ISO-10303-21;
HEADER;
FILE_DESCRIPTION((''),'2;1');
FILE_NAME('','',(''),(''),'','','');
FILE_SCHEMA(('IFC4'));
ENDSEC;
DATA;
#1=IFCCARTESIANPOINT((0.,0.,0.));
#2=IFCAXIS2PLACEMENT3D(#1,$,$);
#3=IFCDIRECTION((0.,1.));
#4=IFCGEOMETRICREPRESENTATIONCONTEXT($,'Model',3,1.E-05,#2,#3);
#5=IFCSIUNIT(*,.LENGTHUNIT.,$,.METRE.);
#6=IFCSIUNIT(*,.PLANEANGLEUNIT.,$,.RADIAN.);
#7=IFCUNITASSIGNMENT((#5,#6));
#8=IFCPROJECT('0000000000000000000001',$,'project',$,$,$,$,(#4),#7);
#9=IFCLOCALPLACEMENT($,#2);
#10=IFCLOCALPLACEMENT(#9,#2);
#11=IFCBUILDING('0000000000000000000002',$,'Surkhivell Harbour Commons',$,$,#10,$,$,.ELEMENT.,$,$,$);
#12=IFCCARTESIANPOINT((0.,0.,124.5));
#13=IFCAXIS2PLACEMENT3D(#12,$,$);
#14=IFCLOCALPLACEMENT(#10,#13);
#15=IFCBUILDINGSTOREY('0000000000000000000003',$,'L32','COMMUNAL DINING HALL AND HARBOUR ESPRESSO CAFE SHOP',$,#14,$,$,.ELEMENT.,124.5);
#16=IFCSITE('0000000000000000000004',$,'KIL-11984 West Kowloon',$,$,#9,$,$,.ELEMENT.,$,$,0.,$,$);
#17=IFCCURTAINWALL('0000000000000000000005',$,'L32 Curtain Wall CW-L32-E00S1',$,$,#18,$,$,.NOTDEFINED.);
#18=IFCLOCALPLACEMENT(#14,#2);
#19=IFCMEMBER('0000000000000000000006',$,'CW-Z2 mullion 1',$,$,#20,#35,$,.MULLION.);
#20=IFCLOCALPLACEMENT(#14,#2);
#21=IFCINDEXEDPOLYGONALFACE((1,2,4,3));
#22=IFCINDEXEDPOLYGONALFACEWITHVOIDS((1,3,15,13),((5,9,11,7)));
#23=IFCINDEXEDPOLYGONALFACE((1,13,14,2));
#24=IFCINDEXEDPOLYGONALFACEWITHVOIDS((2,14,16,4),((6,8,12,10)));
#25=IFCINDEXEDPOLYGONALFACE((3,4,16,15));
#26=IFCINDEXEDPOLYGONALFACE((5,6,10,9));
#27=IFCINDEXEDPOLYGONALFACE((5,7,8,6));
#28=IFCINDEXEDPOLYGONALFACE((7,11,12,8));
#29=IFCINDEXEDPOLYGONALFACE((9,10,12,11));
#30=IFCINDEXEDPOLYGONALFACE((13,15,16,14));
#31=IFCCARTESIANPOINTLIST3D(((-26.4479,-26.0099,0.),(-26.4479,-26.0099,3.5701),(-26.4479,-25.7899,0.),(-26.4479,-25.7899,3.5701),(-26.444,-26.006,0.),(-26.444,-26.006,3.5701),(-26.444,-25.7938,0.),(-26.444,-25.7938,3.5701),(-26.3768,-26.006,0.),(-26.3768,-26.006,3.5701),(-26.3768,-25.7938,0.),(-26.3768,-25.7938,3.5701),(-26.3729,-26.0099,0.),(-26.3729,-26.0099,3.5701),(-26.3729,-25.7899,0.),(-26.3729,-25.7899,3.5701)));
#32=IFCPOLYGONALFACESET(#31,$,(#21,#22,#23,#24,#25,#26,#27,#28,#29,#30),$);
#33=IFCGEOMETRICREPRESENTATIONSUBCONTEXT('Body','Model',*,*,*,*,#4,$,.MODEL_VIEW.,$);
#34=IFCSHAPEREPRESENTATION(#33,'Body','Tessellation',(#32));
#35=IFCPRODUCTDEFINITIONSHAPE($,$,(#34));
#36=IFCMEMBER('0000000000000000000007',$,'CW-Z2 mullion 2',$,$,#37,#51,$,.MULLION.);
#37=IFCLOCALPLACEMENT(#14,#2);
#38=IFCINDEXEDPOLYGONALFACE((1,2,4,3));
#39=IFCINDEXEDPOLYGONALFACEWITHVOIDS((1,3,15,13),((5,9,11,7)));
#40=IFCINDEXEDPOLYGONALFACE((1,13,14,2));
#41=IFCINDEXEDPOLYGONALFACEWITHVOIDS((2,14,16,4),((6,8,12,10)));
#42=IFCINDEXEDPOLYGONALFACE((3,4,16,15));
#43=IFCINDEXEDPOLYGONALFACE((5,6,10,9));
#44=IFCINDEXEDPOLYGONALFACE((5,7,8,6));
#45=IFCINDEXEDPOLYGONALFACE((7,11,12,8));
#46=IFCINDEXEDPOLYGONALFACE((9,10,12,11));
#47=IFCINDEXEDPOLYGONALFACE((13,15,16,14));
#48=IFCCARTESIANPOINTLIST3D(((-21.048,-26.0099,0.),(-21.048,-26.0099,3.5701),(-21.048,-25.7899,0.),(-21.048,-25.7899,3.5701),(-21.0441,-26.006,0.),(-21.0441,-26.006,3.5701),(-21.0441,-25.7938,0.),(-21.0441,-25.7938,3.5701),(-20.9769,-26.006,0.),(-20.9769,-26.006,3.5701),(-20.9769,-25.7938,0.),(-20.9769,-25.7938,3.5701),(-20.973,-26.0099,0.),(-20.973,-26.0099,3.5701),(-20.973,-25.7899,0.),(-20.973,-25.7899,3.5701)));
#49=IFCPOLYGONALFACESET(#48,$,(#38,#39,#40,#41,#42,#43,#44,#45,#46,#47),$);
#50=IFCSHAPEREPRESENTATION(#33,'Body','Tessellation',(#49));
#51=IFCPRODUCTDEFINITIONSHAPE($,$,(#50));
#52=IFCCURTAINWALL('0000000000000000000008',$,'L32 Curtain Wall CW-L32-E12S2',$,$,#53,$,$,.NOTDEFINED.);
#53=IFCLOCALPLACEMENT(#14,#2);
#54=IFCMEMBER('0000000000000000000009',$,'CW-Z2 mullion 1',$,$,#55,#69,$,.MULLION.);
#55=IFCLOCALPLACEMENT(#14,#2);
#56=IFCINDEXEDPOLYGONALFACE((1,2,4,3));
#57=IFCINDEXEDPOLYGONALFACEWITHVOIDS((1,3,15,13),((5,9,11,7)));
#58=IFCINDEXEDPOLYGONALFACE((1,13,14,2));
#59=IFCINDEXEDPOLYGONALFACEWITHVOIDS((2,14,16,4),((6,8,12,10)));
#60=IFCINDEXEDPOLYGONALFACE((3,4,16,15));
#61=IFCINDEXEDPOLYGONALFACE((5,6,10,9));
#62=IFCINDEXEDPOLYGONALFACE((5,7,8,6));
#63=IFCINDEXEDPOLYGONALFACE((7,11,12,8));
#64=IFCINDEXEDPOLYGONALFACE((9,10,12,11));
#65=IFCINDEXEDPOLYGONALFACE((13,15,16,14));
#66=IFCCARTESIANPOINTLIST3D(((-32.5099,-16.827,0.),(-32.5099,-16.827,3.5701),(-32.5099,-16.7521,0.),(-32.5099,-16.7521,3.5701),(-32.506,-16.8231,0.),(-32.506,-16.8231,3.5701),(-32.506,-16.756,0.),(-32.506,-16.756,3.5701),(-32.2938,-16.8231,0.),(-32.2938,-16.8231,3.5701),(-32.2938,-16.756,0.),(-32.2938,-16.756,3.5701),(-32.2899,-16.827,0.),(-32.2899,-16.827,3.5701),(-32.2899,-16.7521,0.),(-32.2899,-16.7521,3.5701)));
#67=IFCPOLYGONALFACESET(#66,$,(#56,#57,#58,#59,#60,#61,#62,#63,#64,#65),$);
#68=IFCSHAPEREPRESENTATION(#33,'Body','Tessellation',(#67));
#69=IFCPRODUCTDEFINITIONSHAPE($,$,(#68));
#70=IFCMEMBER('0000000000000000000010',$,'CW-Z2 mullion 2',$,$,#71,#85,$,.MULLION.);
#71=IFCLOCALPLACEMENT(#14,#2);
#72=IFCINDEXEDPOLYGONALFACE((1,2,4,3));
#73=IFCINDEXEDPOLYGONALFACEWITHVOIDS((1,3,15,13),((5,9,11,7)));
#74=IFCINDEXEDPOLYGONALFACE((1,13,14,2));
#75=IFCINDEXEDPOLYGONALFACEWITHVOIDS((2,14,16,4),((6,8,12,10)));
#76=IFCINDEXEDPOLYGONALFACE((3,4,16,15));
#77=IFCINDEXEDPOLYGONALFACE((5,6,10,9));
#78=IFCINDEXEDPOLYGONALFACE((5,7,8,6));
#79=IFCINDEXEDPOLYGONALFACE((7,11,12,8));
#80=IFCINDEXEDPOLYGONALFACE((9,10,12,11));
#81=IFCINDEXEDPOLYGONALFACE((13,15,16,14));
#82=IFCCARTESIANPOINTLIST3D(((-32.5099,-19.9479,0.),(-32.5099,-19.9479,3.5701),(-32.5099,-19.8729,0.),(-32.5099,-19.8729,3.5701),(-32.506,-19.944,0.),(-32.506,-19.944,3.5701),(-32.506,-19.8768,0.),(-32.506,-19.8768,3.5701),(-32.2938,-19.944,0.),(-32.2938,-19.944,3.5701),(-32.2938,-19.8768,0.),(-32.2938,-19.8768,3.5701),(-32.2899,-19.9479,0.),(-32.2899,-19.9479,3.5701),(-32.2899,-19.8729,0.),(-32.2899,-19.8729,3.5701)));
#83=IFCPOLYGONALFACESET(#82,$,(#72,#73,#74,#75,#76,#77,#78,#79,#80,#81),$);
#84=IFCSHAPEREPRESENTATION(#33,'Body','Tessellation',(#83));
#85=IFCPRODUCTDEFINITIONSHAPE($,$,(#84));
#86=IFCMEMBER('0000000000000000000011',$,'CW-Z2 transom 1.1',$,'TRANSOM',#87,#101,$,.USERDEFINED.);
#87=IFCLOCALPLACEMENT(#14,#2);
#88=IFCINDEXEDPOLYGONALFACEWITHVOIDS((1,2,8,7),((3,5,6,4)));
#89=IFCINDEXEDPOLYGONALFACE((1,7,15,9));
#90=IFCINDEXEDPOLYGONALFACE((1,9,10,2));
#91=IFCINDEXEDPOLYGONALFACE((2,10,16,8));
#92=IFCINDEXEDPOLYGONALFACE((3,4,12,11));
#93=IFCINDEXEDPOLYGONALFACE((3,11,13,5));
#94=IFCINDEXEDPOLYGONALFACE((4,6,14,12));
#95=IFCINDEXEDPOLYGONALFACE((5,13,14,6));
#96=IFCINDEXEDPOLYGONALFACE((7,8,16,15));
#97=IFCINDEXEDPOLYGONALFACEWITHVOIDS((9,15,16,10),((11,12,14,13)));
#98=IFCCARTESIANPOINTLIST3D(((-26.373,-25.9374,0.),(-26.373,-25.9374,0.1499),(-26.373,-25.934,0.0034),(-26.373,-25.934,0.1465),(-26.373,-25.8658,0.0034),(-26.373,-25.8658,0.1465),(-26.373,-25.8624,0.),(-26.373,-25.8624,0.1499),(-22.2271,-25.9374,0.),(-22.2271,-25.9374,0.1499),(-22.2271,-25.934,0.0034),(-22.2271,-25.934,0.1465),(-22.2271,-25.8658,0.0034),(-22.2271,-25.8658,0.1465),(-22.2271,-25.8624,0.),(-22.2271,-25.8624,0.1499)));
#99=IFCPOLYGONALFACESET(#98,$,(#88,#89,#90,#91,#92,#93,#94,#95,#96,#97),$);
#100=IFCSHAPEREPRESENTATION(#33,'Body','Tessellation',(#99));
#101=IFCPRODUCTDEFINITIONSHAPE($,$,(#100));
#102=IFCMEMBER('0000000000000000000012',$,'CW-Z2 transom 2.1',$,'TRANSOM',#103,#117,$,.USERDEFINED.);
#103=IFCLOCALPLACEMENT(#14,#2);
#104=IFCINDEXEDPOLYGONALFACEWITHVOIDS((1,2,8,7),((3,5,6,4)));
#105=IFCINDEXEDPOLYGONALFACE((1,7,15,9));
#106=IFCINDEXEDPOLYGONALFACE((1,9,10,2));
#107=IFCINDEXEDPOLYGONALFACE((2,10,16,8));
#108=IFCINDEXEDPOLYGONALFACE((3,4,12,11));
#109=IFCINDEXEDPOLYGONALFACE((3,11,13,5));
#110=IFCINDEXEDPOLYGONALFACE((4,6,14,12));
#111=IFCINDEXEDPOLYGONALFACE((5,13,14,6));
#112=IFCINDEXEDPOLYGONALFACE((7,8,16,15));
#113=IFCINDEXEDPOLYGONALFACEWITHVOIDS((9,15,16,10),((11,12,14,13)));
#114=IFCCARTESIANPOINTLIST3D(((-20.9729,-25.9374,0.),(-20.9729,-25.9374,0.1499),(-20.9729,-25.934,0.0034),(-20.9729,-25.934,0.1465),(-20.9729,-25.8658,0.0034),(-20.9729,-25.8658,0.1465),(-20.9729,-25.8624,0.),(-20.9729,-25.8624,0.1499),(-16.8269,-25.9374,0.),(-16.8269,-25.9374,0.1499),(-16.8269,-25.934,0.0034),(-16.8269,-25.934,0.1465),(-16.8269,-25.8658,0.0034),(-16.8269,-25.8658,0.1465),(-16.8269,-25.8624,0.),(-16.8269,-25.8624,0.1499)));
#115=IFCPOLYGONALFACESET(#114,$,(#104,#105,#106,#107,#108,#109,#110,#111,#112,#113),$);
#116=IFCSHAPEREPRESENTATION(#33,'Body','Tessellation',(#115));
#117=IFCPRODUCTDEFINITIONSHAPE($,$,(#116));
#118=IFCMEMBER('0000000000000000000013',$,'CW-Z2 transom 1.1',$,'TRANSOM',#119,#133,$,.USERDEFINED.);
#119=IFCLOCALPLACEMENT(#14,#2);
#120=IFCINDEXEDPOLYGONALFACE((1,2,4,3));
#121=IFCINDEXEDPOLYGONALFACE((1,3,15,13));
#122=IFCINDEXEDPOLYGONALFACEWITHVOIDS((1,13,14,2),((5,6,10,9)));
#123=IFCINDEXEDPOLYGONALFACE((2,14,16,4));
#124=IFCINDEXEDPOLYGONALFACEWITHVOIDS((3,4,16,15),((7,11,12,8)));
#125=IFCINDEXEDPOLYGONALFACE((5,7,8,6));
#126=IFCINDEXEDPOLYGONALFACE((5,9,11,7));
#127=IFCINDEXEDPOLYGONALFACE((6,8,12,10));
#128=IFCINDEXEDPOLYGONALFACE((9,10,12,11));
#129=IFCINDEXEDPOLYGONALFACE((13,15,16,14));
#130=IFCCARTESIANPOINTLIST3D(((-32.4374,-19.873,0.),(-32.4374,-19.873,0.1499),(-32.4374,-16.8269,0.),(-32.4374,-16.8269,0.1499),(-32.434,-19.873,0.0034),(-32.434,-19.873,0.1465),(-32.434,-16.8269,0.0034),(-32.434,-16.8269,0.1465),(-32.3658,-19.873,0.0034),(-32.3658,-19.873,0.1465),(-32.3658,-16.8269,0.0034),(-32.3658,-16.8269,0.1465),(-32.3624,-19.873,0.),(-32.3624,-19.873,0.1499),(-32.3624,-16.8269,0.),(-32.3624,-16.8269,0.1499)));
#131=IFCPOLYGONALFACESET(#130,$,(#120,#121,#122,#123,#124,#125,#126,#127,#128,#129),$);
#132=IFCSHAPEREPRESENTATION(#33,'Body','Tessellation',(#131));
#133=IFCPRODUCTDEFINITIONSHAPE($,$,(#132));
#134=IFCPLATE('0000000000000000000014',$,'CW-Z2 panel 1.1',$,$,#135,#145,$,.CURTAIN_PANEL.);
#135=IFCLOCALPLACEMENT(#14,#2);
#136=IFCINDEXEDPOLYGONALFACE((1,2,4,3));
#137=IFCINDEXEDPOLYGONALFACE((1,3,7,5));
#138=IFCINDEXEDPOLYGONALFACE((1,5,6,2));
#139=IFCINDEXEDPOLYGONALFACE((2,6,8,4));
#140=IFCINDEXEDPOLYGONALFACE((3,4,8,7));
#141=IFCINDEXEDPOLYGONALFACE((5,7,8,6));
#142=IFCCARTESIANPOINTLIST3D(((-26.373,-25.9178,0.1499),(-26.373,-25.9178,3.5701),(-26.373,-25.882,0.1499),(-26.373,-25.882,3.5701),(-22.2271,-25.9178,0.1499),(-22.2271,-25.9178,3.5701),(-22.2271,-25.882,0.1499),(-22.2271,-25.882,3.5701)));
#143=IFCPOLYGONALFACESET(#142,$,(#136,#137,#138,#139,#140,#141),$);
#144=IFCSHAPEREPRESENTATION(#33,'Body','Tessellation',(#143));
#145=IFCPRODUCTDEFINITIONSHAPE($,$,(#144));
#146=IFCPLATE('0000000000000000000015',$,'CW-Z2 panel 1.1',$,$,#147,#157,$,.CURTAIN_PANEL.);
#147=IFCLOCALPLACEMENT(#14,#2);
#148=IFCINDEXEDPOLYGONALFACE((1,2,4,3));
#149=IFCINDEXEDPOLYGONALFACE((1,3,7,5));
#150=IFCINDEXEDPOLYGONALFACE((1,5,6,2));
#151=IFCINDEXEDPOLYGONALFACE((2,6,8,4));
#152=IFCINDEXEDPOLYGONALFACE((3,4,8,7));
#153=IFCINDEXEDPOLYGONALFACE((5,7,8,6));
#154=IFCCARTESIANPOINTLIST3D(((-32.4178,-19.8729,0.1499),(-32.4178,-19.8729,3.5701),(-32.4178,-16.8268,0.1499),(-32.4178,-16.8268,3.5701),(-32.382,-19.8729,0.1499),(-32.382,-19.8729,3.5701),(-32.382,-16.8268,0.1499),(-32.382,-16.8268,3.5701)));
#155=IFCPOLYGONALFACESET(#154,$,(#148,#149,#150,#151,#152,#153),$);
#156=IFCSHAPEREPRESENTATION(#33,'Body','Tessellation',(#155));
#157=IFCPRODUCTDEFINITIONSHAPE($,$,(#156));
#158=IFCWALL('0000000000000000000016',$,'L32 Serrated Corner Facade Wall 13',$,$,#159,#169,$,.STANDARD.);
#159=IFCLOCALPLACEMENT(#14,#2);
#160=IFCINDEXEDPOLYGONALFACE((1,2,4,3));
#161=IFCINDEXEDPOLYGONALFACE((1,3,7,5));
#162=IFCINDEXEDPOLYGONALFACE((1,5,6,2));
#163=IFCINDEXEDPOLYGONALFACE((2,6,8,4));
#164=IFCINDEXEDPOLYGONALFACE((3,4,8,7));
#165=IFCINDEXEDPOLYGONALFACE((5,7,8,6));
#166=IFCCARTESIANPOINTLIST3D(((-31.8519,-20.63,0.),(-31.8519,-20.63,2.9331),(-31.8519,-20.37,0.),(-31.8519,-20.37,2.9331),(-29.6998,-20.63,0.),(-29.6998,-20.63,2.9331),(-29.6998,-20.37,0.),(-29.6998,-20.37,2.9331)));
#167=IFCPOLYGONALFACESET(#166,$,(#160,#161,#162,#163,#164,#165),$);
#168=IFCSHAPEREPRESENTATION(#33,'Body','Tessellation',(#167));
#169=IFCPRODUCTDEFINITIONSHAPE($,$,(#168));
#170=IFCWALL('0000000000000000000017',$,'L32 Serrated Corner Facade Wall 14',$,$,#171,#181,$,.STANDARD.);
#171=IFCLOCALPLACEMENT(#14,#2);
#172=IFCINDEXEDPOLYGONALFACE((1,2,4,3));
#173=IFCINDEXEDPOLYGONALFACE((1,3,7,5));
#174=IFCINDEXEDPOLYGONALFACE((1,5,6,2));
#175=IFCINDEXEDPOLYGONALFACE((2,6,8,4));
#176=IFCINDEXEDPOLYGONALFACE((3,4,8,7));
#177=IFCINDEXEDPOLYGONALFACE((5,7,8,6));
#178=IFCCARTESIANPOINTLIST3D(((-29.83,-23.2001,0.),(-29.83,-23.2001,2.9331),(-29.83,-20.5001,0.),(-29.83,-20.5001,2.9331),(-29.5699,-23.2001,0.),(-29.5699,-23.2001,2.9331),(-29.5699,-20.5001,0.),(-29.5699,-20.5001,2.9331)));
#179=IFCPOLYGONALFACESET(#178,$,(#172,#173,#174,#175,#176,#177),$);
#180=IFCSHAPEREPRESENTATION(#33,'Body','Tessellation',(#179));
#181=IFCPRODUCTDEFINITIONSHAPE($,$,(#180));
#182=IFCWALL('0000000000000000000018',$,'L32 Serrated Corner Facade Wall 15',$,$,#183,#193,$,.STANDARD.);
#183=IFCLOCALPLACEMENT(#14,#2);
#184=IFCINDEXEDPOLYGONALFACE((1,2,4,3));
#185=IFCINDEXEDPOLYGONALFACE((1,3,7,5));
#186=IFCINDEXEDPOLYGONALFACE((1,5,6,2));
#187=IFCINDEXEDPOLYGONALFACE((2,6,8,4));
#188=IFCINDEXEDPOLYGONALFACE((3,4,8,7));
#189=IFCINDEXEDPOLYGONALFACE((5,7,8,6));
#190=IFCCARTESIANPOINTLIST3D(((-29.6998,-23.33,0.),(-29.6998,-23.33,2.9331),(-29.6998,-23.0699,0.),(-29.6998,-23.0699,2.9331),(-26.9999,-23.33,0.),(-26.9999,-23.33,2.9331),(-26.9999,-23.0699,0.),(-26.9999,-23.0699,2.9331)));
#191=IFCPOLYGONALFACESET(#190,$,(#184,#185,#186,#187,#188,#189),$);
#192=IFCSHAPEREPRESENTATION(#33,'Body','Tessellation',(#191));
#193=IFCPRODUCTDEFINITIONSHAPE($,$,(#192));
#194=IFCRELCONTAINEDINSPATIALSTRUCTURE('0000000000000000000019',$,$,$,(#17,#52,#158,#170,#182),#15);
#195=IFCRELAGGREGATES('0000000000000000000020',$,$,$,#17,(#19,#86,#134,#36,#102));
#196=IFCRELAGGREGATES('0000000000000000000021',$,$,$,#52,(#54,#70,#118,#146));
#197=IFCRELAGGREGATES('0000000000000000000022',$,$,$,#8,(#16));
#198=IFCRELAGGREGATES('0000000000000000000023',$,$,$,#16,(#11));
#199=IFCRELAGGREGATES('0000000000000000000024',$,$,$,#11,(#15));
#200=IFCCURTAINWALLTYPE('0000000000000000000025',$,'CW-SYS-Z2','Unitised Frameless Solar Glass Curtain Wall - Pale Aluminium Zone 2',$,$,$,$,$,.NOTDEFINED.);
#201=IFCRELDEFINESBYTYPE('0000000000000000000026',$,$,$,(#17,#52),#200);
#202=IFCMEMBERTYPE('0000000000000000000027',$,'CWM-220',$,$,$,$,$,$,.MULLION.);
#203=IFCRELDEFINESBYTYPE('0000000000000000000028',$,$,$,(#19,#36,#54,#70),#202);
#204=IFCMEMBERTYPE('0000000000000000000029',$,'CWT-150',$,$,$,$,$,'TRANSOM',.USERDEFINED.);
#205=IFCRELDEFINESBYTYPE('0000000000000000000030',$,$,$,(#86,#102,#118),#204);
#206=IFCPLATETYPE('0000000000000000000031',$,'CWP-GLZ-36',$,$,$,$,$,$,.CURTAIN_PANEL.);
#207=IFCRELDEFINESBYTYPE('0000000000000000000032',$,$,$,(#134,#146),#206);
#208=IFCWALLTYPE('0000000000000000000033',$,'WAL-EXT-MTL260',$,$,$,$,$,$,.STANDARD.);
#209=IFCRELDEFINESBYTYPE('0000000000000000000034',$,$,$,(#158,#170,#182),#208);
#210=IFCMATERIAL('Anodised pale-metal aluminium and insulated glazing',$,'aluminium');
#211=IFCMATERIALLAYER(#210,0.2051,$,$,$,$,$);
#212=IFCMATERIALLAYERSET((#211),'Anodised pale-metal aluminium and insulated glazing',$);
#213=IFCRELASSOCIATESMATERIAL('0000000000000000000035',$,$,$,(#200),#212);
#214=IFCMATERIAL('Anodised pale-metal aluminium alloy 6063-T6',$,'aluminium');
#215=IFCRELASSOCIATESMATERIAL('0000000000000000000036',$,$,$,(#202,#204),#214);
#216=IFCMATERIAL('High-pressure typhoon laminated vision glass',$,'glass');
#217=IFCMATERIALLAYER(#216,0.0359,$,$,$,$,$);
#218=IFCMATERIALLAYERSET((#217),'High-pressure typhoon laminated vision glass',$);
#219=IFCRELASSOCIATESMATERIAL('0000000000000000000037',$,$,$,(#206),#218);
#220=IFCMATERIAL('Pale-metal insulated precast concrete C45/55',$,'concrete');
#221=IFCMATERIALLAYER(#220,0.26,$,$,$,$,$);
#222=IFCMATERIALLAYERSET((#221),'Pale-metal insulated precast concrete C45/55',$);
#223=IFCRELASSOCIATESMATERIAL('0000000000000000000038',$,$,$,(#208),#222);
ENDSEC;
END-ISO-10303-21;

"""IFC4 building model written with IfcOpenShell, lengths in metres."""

from ifc_helpers import new_model, si_unit, direction, frame, frame_2d, origin, origin_2d, place, context, subcontext, project, spatial, rectangle, hollow_rectangle, extrude, material, layer, layer_set, material_profile, profile_set, type_object, element, aggregate, save


model = new_model("IFC4")

# Units and contexts
model_context = context("Model", 3, precision=1e-05, world=origin(), true_north=direction((0.0, 1.0)))
body_context = subcontext(model_context, "Body", "Model", "MODEL_VIEW")
ifc_project = project(units=[si_unit("LENGTHUNIT", "METRE"), si_unit("PLANEANGLEUNIT", "RADIAN")], contexts=[model_context])

# Site, building, storey
site_placement = place(None, origin())
site = spatial("IfcSite", under=ifc_project, at=site_placement, Name="KIL-11984 West Kowloon", CompositionType="ELEMENT", RefElevation=0.0)
building_placement = place(site_placement, origin())
building = spatial("IfcBuilding", under=site, at=building_placement, Name="Surkhivell Harbour Commons", CompositionType="ELEMENT")
storey_placement = place(building_placement, frame((0.0, 0.0, 124.5)))
storey = spatial("IfcBuildingStorey", under=building, at=storey_placement, Name="L32", Description="COMMUNAL DINING HALL AND HARBOUR ESPRESSO CAFE SHOP", CompositionType="ELEMENT", Elevation=124.5)

# Curtain walls, members
ifc_material_1 = material(Name="Anodised pale-metal aluminium and insulated glazing", Category="aluminium")
ifc_layer_1 = layer(ifc_material_1, 0.2051)
ifc_layer_set_1 = layer_set([ifc_layer_1], Name="Anodised pale-metal aluminium and insulated glazing")
curtain_wall_type = type_object("IfcCurtainWallType", Name="CW-SYS-Z2", Description="Unitised Frameless Solar Glass Curtain Wall - Pale Aluminium Zone 2", PredefinedType="NOTDEFINED", material=ifc_layer_set_1)
curtain_wall_1_placement = place(storey_placement, origin())
curtain_wall_1 = element("IfcCurtainWall", 1, at=curtain_wall_1_placement, inside=storey, type_object=curtain_wall_type, Name="L32 Curtain Wall CW-L32-E00S1", PredefinedType="NOTDEFINED")
ifc_material_2 = material(Name="Anodised pale-metal aluminium alloy 6063-T6", Category="aluminium")
ifc_material_profile_1 = material_profile(ifc_material_2, hollow_rectangle(XDim=0.075, YDim=0.22, WallThickness=0.0039, at=origin_2d()), Name="ALU-MULL-75x220")
ifc_profile_set_1 = profile_set([ifc_material_profile_1], Name="Anodised pale-metal aluminium alloy 6063-T6")
member_type_1 = type_object("IfcMemberType", Name="CWM-220", PredefinedType="MULLION", material=ifc_profile_set_1)
member_1_placement = place(storey_placement, frame((-26.4104, -25.8999, 0.0), z_axis=(0.0, 0.0, 1.0), x_axis=(1.0, 0.0, 0.0)))
member_1 = element("IfcMember", 2, at=member_1_placement, type_object=member_type_1, Name="CW-Z2 mullion 1", PredefinedType="MULLION", context=body_context, shape_type="SweptSolid", body=[
    extrude(hollow_rectangle(XDim=0.075, YDim=0.22, WallThickness=0.0039, at=origin_2d()), origin(), (0.0, 0.0, 1.0), 3.5701),
])
member_2_placement = place(storey_placement, frame((-21.0105, -25.8999, 0.0), z_axis=(0.0, 0.0, 1.0), x_axis=(1.0, 0.0, 0.0)))
member_2 = element("IfcMember", 3, at=member_2_placement, type_object=member_type_1, Name="CW-Z2 mullion 2", PredefinedType="MULLION", context=body_context, shape_type="SweptSolid", body=[
    extrude(hollow_rectangle(XDim=0.075, YDim=0.22, WallThickness=0.0039, at=origin_2d()), origin(), (0.0, 0.0, 1.0), 3.5701),
])
curtain_wall_2_placement = place(storey_placement, origin())
curtain_wall_2 = element("IfcCurtainWall", 4, at=curtain_wall_2_placement, inside=storey, type_object=curtain_wall_type, Name="L32 Curtain Wall CW-L32-E12S2", PredefinedType="NOTDEFINED")
member_3_placement = place(storey_placement, frame((-32.3999, -16.7896, 0.0), z_axis=(0.0, 0.0, 1.0), x_axis=(0.0, -1.0, 0.0)))
member_3 = element("IfcMember", 5, at=member_3_placement, type_object=member_type_1, Name="CW-Z2 mullion 1", PredefinedType="MULLION", context=body_context, shape_type="SweptSolid", body=[
    extrude(hollow_rectangle(XDim=0.075, YDim=0.22, WallThickness=0.0039, at=origin_2d()), origin(), (0.0, 0.0, 1.0), 3.5701),
])
member_4_placement = place(storey_placement, frame((-32.3999, -19.9104, 0.0), z_axis=(0.0, 0.0, 1.0), x_axis=(0.0, -1.0, 0.0)))
member_4 = element("IfcMember", 6, at=member_4_placement, type_object=member_type_1, Name="CW-Z2 mullion 2", PredefinedType="MULLION", context=body_context, shape_type="SweptSolid", body=[
    extrude(hollow_rectangle(XDim=0.075, YDim=0.22, WallThickness=0.0039, at=origin_2d()), origin(), (0.0, 0.0, 1.0), 3.5701),
])

# Members
ifc_material_profile_2 = material_profile(ifc_material_2, hollow_rectangle(XDim=0.075, YDim=0.1499, WallThickness=0.0034, at=origin_2d()), Name="ALU-TRAN-75x150")
ifc_profile_set_2 = profile_set([ifc_material_profile_2], Name="Anodised pale-metal aluminium alloy 6063-T6")
member_type_2 = type_object("IfcMemberType", Name="CWT-150", ElementType="TRANSOM", PredefinedType="USERDEFINED", material=ifc_profile_set_2)
member_5_placement = place(storey_placement, frame((-26.373, -25.8999, 0.075), z_axis=(1.0, 0.0, 0.0), x_axis=(0.0, 1.0, 0.0)))
member_5 = element("IfcMember", 7, at=member_5_placement, type_object=member_type_2, Name="CW-Z2 transom 1.1", ObjectType="TRANSOM", PredefinedType="USERDEFINED", context=body_context, shape_type="SweptSolid", body=[
    extrude(hollow_rectangle(XDim=0.075, YDim=0.1499, WallThickness=0.0034, at=origin_2d()), origin(), (0.0, 0.0, 1.0), 4.146),
])
member_6_placement = place(storey_placement, frame((-20.9729, -25.8999, 0.075), z_axis=(1.0, 0.0, 0.0), x_axis=(0.0, 1.0, 0.0)))
member_6 = element("IfcMember", 8, at=member_6_placement, type_object=member_type_2, Name="CW-Z2 transom 2.1", ObjectType="TRANSOM", PredefinedType="USERDEFINED", context=body_context, shape_type="SweptSolid", body=[
    extrude(hollow_rectangle(XDim=0.075, YDim=0.1499, WallThickness=0.0034, at=origin_2d()), origin(), (0.0, 0.0, 1.0), 4.146),
])
member_7_placement = place(storey_placement, frame((-32.3999, -16.8269, 0.075), z_axis=(0.0, -1.0, 0.0), x_axis=(1.0, 0.0, 0.0)))
member_7 = element("IfcMember", 9, at=member_7_placement, type_object=member_type_2, Name="CW-Z2 transom 1.1", ObjectType="TRANSOM", PredefinedType="USERDEFINED", context=body_context, shape_type="SweptSolid", body=[
    extrude(hollow_rectangle(XDim=0.075, YDim=0.1499, WallThickness=0.0034, at=origin_2d()), origin(), (0.0, 0.0, 1.0), 3.0461),
])

# Plates
ifc_material_3 = material(Name="High-pressure typhoon laminated vision glass", Category="glass")
ifc_layer_2 = layer(ifc_material_3, 0.0359)
ifc_layer_set_2 = layer_set([ifc_layer_2], Name="High-pressure typhoon laminated vision glass")
plate_type = type_object("IfcPlateType", Name="CWP-GLZ-36", PredefinedType="CURTAIN_PANEL", material=ifc_layer_set_2)
plate_1_placement = place(storey_placement, frame((-26.373, -25.8999, 0.1499), z_axis=(0.0, 0.0, 1.0), x_axis=(1.0, 0.0, 0.0)))
plate_1 = element("IfcPlate", 10, at=plate_1_placement, type_object=plate_type, Name="CW-Z2 panel 1.1", PredefinedType="CURTAIN_PANEL", context=body_context, shape_type="SweptSolid", body=[
    extrude(rectangle(XDim=4.146, YDim=0.0359, at=frame_2d((2.073, 0.0))), origin(), (0.0, 0.0, 1.0), 3.4202),
])
aggregate(curtain_wall_1, [member_1, member_5, plate_1, member_2, member_6])
plate_2_placement = place(storey_placement, frame((-32.3999, -16.8269, 0.1499), z_axis=(0.0, 0.0, 1.0), x_axis=(0.0, -1.0, 0.0)))
plate_2 = element("IfcPlate", 11, at=plate_2_placement, type_object=plate_type, Name="CW-Z2 panel 1.1", PredefinedType="CURTAIN_PANEL", context=body_context, shape_type="SweptSolid", body=[
    extrude(rectangle(XDim=3.0461, YDim=0.0359, at=frame_2d((1.5229, 0.0))), origin(), (0.0, 0.0, 1.0), 3.4202),
])
aggregate(curtain_wall_2, [member_3, member_4, member_7, plate_2])

# Walls
ifc_material_4 = material(Name="Pale-metal insulated precast concrete C45/55", Category="concrete")
ifc_layer_3 = layer(ifc_material_4, 0.26)
ifc_layer_set_3 = layer_set([ifc_layer_3], Name="Pale-metal insulated precast concrete C45/55")
wall_type = type_object("IfcWallType", Name="WAL-EXT-MTL260", PredefinedType="STANDARD", material=ifc_layer_set_3)
wall_1_placement = place(storey_placement, frame((-31.8521, -20.5, 0.0), z_axis=(0.0, 0.0, 1.0), x_axis=(1.0, 0.0, 0.0)))
element("IfcWall", 12, at=wall_1_placement, inside=storey, type_object=wall_type, Name="L32 Serrated Corner Facade Wall 13", PredefinedType="STANDARD", context=body_context, shape_type="SweptSolid", body=[
    extrude(rectangle(XDim=2.1521, YDim=0.26, at=frame_2d((1.0762, 0.0))), origin(), (0.0, 0.0, 1.0), 2.9331),
])
for number, where, z_axis, x_axis, name in (
    (13, (-29.7, -20.5, 0.0), (0.0, 0.0, 1.0), (0.0, -1.0, 0.0), "L32 Serrated Corner Facade Wall 14"),
    (14, (-29.7, -23.2, 0.0), (0.0, 0.0, 1.0), (1.0, 0.0, 0.0), "L32 Serrated Corner Facade Wall 15"),
):
    element("IfcWall", number, at=place(storey_placement, frame(where, z_axis=z_axis, x_axis=x_axis)), inside=storey, type_object=wall_type, Name=name, PredefinedType="STANDARD", context=body_context, shape_type="SweptSolid", body=[
        extrude(rectangle(XDim=2.7, YDim=0.26, at=frame_2d((1.3501, 0.0))), origin(), (0.0, 0.0, 1.0), 2.9331),
    ])

save(model, "model.ifc")
